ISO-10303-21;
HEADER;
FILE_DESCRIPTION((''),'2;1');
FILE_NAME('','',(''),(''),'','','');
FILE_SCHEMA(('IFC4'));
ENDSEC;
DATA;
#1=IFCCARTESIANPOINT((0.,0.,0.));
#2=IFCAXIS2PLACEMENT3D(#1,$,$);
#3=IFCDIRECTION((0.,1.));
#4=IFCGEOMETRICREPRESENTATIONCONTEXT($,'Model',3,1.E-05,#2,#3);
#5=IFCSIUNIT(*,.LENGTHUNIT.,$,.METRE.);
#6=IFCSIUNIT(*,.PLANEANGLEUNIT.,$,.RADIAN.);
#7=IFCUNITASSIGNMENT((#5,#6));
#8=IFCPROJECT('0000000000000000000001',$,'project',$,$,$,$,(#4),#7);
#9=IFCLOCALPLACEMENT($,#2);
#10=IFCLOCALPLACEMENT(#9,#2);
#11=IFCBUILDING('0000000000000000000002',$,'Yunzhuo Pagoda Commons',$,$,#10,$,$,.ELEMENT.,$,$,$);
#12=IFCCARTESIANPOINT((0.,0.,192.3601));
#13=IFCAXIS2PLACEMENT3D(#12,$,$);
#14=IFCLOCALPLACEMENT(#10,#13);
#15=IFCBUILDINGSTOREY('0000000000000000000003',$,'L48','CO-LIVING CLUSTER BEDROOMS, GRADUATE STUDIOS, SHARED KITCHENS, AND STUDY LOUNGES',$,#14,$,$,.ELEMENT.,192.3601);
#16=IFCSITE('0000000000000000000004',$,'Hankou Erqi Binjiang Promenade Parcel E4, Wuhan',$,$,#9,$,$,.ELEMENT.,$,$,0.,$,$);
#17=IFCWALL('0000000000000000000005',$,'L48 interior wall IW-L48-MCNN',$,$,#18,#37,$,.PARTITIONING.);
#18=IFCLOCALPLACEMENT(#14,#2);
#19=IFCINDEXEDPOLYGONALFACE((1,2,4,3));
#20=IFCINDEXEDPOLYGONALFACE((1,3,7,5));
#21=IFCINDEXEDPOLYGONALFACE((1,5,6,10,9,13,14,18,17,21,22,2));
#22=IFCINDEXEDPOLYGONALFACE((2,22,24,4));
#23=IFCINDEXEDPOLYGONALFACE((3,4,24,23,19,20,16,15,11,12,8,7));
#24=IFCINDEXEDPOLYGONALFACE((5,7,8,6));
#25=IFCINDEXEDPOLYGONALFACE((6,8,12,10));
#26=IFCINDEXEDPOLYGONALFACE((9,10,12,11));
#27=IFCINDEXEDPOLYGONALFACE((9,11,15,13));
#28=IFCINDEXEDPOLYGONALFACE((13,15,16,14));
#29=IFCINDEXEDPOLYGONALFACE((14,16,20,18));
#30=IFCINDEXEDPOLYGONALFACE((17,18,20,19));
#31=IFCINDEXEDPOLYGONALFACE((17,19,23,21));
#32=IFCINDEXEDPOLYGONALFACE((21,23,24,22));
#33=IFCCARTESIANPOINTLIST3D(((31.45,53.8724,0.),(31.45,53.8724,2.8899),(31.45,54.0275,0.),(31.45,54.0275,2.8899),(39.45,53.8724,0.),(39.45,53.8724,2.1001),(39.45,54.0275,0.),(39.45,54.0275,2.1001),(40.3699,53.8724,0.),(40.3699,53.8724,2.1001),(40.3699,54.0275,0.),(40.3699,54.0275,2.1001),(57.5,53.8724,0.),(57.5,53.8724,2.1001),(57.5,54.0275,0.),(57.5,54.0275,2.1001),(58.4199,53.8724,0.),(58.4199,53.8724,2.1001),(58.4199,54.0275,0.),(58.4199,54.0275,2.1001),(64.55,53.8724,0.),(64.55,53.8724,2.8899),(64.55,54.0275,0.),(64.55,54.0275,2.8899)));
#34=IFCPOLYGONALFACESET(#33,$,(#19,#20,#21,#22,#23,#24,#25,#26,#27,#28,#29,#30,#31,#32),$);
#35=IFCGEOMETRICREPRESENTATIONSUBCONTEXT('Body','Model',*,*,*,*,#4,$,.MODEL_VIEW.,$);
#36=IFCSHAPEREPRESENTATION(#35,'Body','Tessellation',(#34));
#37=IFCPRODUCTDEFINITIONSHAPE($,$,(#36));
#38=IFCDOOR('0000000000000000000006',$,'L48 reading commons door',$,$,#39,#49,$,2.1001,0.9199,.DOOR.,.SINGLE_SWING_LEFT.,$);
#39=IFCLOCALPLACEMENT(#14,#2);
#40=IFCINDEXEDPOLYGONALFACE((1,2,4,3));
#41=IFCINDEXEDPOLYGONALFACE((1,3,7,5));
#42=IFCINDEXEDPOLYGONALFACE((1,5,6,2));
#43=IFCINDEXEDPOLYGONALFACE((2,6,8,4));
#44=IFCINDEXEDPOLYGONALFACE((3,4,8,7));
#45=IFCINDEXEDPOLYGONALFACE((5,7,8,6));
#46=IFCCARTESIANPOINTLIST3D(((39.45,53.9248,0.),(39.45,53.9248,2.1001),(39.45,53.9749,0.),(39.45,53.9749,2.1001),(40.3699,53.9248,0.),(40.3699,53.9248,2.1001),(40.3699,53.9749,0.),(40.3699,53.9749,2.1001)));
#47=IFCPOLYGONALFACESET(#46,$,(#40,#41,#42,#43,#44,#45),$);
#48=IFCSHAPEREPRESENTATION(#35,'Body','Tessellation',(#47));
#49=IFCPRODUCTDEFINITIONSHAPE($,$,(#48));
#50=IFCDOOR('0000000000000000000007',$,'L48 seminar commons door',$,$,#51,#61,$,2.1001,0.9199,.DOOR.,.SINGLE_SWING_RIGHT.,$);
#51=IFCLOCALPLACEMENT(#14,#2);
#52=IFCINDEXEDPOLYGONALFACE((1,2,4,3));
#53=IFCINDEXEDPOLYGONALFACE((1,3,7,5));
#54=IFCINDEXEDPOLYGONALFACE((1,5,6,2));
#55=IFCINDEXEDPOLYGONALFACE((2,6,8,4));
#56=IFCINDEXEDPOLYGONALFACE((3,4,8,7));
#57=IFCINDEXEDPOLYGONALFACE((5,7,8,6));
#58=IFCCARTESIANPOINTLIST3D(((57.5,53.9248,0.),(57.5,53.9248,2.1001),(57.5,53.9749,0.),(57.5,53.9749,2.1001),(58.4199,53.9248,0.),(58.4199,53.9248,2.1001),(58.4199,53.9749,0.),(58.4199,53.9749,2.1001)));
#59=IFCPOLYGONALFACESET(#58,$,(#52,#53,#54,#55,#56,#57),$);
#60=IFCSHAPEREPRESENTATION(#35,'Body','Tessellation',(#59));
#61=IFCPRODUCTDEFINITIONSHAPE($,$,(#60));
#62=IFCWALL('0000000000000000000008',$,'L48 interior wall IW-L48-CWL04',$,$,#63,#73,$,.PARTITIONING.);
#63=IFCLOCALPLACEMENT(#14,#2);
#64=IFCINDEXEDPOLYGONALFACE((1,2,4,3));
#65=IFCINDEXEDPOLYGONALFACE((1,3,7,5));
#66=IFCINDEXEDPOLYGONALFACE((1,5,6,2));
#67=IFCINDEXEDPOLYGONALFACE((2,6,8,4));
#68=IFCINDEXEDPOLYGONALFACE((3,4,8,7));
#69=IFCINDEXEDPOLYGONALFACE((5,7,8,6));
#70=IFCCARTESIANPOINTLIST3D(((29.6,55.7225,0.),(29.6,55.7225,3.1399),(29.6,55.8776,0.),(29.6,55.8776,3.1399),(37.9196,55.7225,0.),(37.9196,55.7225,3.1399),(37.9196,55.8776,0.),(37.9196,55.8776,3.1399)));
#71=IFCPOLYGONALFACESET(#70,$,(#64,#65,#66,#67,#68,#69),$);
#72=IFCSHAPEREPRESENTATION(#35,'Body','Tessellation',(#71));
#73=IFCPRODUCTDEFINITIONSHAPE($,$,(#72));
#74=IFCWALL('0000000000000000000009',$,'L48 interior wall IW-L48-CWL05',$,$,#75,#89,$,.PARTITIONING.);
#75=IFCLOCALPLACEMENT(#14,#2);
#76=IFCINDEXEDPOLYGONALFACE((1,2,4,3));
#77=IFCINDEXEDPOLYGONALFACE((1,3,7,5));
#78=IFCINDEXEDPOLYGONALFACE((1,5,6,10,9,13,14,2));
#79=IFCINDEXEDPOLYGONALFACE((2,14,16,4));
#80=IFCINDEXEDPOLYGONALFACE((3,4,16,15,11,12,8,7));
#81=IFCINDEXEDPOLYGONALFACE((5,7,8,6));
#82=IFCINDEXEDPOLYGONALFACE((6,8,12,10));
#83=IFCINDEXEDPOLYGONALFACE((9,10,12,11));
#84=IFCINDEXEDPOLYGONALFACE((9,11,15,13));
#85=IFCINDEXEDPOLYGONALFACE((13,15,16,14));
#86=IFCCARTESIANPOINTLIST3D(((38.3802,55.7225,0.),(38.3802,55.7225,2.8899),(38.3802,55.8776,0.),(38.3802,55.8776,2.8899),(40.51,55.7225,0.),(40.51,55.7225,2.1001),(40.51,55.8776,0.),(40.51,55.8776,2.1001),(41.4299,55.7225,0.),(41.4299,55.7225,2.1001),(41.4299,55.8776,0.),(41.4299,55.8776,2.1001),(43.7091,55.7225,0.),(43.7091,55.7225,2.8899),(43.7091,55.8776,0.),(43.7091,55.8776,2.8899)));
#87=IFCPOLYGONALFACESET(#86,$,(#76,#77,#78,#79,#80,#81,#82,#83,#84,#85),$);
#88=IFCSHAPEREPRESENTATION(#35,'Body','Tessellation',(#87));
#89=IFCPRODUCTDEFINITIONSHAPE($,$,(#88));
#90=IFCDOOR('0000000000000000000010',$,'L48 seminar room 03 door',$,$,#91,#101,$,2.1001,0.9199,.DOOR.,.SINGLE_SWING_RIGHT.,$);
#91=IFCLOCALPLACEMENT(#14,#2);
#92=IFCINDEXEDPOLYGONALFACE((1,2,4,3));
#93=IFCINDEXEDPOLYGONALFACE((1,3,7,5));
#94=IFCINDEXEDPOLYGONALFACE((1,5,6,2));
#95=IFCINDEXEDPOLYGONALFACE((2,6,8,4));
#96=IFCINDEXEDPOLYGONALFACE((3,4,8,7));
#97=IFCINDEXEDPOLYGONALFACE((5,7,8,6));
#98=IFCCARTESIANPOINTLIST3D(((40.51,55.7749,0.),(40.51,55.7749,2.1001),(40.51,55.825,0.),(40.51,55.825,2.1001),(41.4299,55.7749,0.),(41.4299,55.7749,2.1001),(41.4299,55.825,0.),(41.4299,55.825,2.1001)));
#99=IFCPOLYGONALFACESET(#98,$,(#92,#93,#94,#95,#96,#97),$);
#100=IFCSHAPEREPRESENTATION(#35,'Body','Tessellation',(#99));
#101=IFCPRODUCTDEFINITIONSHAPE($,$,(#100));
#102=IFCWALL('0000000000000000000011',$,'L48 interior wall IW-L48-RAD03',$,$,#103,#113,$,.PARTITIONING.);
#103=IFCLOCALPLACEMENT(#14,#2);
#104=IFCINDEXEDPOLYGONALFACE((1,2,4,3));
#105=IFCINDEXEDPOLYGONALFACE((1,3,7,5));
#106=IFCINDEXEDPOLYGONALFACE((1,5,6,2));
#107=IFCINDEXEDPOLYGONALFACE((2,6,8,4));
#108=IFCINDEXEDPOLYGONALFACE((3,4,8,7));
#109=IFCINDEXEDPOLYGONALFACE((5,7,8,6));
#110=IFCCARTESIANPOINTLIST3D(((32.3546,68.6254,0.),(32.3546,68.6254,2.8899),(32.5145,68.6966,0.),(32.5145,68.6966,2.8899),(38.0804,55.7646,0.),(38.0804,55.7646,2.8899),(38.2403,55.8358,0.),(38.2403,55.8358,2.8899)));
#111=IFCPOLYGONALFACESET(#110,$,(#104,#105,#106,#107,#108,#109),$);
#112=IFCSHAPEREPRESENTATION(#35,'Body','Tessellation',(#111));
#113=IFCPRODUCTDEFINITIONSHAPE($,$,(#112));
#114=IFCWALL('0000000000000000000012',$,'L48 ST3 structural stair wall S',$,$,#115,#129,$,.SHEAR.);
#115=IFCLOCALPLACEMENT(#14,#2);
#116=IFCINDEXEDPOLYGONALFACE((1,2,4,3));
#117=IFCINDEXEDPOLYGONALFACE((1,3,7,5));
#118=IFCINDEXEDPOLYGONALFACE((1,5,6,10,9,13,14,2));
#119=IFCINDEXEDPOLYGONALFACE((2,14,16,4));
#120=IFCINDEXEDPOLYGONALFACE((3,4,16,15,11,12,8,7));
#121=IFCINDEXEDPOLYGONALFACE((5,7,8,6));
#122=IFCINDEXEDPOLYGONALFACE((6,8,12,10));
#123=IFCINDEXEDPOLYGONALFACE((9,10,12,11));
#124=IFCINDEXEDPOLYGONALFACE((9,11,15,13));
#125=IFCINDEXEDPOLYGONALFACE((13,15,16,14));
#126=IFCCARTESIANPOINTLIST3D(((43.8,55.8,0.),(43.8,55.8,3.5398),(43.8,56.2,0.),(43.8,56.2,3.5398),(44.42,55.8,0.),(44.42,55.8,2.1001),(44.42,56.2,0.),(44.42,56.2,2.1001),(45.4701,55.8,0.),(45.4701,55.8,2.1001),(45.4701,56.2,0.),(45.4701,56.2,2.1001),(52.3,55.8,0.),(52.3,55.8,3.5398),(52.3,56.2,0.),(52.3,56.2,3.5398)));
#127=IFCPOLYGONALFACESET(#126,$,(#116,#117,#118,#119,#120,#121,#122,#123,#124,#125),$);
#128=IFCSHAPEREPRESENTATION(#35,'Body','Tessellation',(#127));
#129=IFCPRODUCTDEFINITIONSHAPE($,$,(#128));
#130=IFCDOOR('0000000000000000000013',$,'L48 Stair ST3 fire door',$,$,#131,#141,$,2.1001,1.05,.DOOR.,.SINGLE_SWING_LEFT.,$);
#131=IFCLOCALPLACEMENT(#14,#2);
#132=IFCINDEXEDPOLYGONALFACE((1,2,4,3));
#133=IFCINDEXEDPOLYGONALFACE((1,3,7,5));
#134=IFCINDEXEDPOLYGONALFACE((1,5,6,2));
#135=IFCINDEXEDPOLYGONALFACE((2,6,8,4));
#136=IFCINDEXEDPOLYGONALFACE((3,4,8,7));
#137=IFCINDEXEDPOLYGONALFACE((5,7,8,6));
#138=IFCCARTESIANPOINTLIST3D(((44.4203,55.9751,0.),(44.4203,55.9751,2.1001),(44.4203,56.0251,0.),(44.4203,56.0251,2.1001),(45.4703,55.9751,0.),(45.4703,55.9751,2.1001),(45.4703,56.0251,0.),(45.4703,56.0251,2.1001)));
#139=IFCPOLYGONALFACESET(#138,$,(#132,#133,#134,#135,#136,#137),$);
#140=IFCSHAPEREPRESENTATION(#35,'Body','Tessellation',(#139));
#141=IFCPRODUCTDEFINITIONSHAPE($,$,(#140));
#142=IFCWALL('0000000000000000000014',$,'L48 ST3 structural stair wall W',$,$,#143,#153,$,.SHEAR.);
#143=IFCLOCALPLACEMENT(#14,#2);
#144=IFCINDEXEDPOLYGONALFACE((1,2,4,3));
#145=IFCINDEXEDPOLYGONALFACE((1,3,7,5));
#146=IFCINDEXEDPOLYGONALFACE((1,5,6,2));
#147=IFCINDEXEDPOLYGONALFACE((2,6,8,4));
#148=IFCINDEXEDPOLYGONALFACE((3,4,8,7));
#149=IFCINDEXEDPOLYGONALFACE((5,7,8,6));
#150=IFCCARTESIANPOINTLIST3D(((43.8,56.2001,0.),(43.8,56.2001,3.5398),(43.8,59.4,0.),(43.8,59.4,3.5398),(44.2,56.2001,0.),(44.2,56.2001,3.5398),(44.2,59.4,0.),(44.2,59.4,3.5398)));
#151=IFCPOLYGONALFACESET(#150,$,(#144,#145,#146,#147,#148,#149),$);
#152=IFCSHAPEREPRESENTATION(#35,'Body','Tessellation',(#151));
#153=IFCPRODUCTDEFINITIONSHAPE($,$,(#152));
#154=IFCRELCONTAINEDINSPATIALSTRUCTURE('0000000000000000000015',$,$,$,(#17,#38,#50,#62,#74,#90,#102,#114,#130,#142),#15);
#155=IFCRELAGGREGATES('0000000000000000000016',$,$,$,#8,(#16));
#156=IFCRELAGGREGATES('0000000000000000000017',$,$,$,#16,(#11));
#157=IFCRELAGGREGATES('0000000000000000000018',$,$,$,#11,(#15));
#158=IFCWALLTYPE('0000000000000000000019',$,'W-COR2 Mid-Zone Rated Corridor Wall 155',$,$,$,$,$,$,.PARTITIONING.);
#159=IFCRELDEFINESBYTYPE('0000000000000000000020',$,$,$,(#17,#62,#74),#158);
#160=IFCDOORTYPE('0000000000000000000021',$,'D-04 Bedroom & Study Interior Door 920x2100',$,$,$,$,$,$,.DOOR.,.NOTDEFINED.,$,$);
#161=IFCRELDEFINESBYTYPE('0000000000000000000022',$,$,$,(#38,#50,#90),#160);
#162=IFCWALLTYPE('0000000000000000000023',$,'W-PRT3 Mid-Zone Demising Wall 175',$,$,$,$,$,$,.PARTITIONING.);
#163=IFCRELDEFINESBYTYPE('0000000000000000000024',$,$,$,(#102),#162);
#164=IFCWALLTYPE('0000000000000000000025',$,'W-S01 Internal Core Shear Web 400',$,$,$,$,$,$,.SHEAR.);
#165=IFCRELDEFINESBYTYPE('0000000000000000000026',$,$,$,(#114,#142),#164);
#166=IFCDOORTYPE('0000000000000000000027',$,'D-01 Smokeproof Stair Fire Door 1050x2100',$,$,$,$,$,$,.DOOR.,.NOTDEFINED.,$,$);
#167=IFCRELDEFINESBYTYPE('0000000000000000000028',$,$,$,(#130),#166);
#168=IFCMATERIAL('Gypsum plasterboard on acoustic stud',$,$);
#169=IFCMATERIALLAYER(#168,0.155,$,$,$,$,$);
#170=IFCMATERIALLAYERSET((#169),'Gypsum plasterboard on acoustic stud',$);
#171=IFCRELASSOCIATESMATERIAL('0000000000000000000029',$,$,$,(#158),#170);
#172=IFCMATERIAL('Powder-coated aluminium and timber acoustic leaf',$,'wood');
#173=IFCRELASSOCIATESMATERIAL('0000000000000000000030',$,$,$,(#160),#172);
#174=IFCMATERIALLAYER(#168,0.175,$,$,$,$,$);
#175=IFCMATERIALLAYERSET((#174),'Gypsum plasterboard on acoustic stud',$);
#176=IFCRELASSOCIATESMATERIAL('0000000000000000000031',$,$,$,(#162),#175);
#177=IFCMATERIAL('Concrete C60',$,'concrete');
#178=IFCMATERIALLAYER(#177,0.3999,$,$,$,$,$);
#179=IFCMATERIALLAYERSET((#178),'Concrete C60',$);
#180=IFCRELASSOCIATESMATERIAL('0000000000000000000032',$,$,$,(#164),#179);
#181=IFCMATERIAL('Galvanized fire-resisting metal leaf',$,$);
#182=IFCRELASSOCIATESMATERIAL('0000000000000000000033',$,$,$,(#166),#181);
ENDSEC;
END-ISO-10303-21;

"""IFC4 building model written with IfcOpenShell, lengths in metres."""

from ifc_helpers import new_model, si_unit, direction, frame, frame_2d, origin, origin_with_axes, place, context, subcontext, project, spatial, rectangle, extrude, source, transform, mapped, material, layer, layer_set, type_object, element, fill, save


model = new_model("IFC4")

# Units and contexts
model_context = context("Model", 3, precision=1e-05, world=origin(), true_north=direction((0.0, 1.0)))
body_context = subcontext(model_context, "Body", "Model", "MODEL_VIEW")
ifc_project = project(units=[si_unit("LENGTHUNIT", "METRE"), si_unit("PLANEANGLEUNIT", "RADIAN")], contexts=[model_context])

# Site, building, storey
site_placement = place(None, origin())
site = spatial("IfcSite", under=ifc_project, at=site_placement, Name="Hankou Erqi Binjiang Promenade Parcel E4, Wuhan", CompositionType="ELEMENT", RefElevation=0.0)
building_placement = place(site_placement, origin())
building = spatial("IfcBuilding", under=site, at=building_placement, Name="Yunzhuo Pagoda Commons", CompositionType="ELEMENT")
storey_placement = place(building_placement, frame((0.0, 0.0, 192.3601)))
storey = spatial("IfcBuildingStorey", under=building, at=storey_placement, Name="L48", Description="CO-LIVING CLUSTER BEDROOMS, GRADUATE STUDIOS, SHARED KITCHENS, AND STUDY LOUNGES", CompositionType="ELEMENT", Elevation=192.3601)

# Wall, openings, doors
ifc_material_1 = material(Name="Gypsum plasterboard on acoustic stud")
ifc_layer_1 = layer(ifc_material_1, 0.155)
ifc_layer_set_1 = layer_set([ifc_layer_1], Name="Gypsum plasterboard on acoustic stud")
wall_type_1 = type_object("IfcWallType", Name="W-COR2 Mid-Zone Rated Corridor Wall 155", PredefinedType="PARTITIONING", material=ifc_layer_set_1)
wall_1_placement = place(storey_placement, frame((31.45, 53.95, 0.0), z_axis=(0.0, 0.0, 1.0), x_axis=(1.0, 0.0, 0.0)))
wall_1 = element("IfcWall", 1, at=wall_1_placement, inside=storey, type_object=wall_type_1, Name="L48 interior wall IW-L48-MCNN", PredefinedType="PARTITIONING", context=body_context, shape_type="SweptSolid", body=[
    extrude(rectangle(XDim=33.1001, YDim=0.155, at=frame_2d((16.55, 0.0))), origin(), (0.0, 0.0, 1.0), 2.8899),
])
opening_1_placement = place(wall_1_placement, frame((8.0, 0.0, 0.0)))
opening_1 = element("IfcOpeningElement", 2, at=opening_1_placement, cuts=wall_1, PredefinedType="OPENING", context=body_context, shape_type="SweptSolid", body=[
    extrude(rectangle(XDim=0.9199, YDim=2.1001, at=frame_2d((0.46, 1.05))), frame((0.0, 0.0874, 0.0), z_axis=(0.0, -1.0, 0.0), x_axis=(1.0, 0.0, 0.0)), (0.0, 0.0, 1.0), 0.175),
])
opening_2_placement = place(wall_1_placement, frame((26.05, 0.0, 0.0)))
opening_2 = element("IfcOpeningElement", 3, at=opening_2_placement, cuts=wall_1, PredefinedType="OPENING", context=body_context, shape_type="SweptSolid", body=[
    extrude(rectangle(XDim=0.9199, YDim=2.1001, at=frame_2d((0.46, 1.05))), frame((0.0, 0.0874, 0.0), z_axis=(0.0, -1.0, 0.0), x_axis=(1.0, 0.0, 0.0)), (0.0, 0.0, 1.0), 0.175),
])
ifc_material_2 = material(Name="Powder-coated aluminium and timber acoustic leaf", Category="wood")
door_type_1 = type_object("IfcDoorType", Name="D-04 Bedroom & Study Interior Door 920x2100", OperationType="NOTDEFINED", PredefinedType="DOOR", material=ifc_material_2)
shared_shape_1 = source(origin(), body_context, "Body", "SweptSolid", [
    extrude(rectangle(XDim=0.9199, YDim=2.1001, at=frame_2d((0.46, 1.05))), frame((0.0, 0.0249, 0.0), z_axis=(0.0, -1.0, 0.0), x_axis=(1.0, 0.0, 0.0)), (0.0, 0.0, 1.0), 0.05),
])
door_1_placement = place(opening_1_placement, origin_with_axes())
door_1 = element("IfcDoor", 4, at=door_1_placement, inside=storey, type_object=door_type_1, Name="L48 reading commons door", OperationType="SINGLE_SWING_LEFT", OverallHeight=2.1001, OverallWidth=0.9199, PredefinedType="DOOR", context=body_context, shape_type="MappedRepresentation", body=[
    mapped(shared_shape_1, transform((0.0, 0.0, 0.0), scale=1.0)),
])
fill(opening_1, door_1)
door_2_placement = place(opening_2_placement, origin_with_axes())
door_2 = element("IfcDoor", 5, at=door_2_placement, inside=storey, type_object=door_type_1, Name="L48 seminar commons door", OperationType="SINGLE_SWING_RIGHT", OverallHeight=2.1001, OverallWidth=0.9199, PredefinedType="DOOR", context=body_context, shape_type="MappedRepresentation", body=[
    mapped(shared_shape_1, transform((0.0, 0.0, 0.0), scale=1.0)),
])
fill(opening_2, door_2)

# Wall
wall_2_placement = place(storey_placement, frame((29.6001, 55.8, 0.0), z_axis=(0.0, 0.0, 1.0), x_axis=(1.0, 0.0, 0.0)))
element("IfcWall", 6, at=wall_2_placement, inside=storey, type_object=wall_type_1, Name="L48 interior wall IW-L48-CWL04", PredefinedType="PARTITIONING", context=body_context, shape_type="SweptSolid", body=[
    extrude(rectangle(XDim=8.3196, YDim=0.155, at=frame_2d((4.1597, 0.0))), origin(), (0.0, 0.0, 1.0), 3.1399),
])

# Wall, opening, door
wall_3_placement = place(storey_placement, frame((38.3801, 55.8, 0.0), z_axis=(0.0, 0.0, 1.0), x_axis=(1.0, 0.0, 0.0)))
wall_3 = element("IfcWall", 7, at=wall_3_placement, inside=storey, type_object=wall_type_1, Name="L48 interior wall IW-L48-CWL05", PredefinedType="PARTITIONING", context=body_context, shape_type="SweptSolid", body=[
    extrude(rectangle(XDim=5.3289, YDim=0.155, at=frame_2d((2.6646, 0.0))), origin(), (0.0, 0.0, 1.0), 2.8899),
])
opening_3_placement = place(wall_3_placement, frame((2.1299, 0.0, 0.0)))
opening_3 = element("IfcOpeningElement", 8, at=opening_3_placement, cuts=wall_3, PredefinedType="OPENING", context=body_context, shape_type="SweptSolid", body=[
    extrude(rectangle(XDim=0.9199, YDim=2.1001, at=frame_2d((0.46, 1.05))), frame((0.0, 0.0874, 0.0), z_axis=(0.0, -1.0, 0.0), x_axis=(1.0, 0.0, 0.0)), (0.0, 0.0, 1.0), 0.175),
])
door_3_placement = place(opening_3_placement, origin_with_axes())
door_3 = element("IfcDoor", 9, at=door_3_placement, inside=storey, type_object=door_type_1, Name="L48 seminar room 03 door", OperationType="SINGLE_SWING_RIGHT", OverallHeight=2.1001, OverallWidth=0.9199, PredefinedType="DOOR", context=body_context, shape_type="MappedRepresentation", body=[
    mapped(shared_shape_1, transform((0.0, 0.0, 0.0), scale=1.0)),
])
fill(opening_3, door_3)

# Wall
ifc_layer_2 = layer(ifc_material_1, 0.175)
ifc_layer_set_2 = layer_set([ifc_layer_2], Name="Gypsum plasterboard on acoustic stud")
wall_type_2 = type_object("IfcWallType", Name="W-PRT3 Mid-Zone Demising Wall 175", PredefinedType="PARTITIONING", material=ifc_layer_set_2)
wall_4_placement = place(storey_placement, frame((38.1604, 55.8, 0.0), z_axis=(0.0, 0.0, 1.0), x_axis=(-0.406726, 0.91355, 0.0)))
element("IfcWall", 10, at=wall_4_placement, inside=storey, type_object=wall_type_2, Name="L48 interior wall IW-L48-RAD03", PredefinedType="PARTITIONING", context=body_context, shape_type="SweptSolid", body=[
    extrude(rectangle(XDim=14.0779, YDim=0.175, at=frame_2d((7.0391, 0.0))), origin(), (0.0, 0.0, 1.0), 2.8899),
])

# Wall, opening, door
ifc_material_3 = material(Name="Concrete C60", Category="concrete")
ifc_layer_3 = layer(ifc_material_3, 0.3999)
ifc_layer_set_3 = layer_set([ifc_layer_3], Name="Concrete C60")
wall_type_3 = type_object("IfcWallType", Name="W-S01 Internal Core Shear Web 400", PredefinedType="SHEAR", material=ifc_layer_set_3)
wall_5_placement = place(storey_placement, frame((43.8, 56.0, 0.0), z_axis=(0.0, 0.0, 1.0), x_axis=(1.0, 0.0, 0.0)))
wall_5 = element("IfcWall", 11, at=wall_5_placement, inside=storey, type_object=wall_type_3, Name="L48 ST3 structural stair wall S", PredefinedType="SHEAR", context=body_context, shape_type="SweptSolid", body=[
    extrude(rectangle(XDim=8.5, YDim=0.3999, at=frame_2d((4.25, 0.0))), origin(), (0.0, 0.0, 1.0), 3.5398),
])
opening_4_placement = place(wall_5_placement, frame((0.6201, 0.0, 0.0)))
opening_4 = element("IfcOpeningElement", 12, at=opening_4_placement, cuts=wall_5, PredefinedType="OPENING", context=body_context, shape_type="SweptSolid", body=[
    extrude(rectangle(XDim=1.05, YDim=2.1001, at=frame_2d((0.5249, 1.05))), frame((0.0, 0.21, 0.0), z_axis=(0.0, -1.0, 0.0), x_axis=(1.0, 0.0, 0.0)), (0.0, 0.0, 1.0), 0.4199),
])
ifc_material_4 = material(Name="Galvanized fire-resisting metal leaf")
door_type_2 = type_object("IfcDoorType", Name="D-01 Smokeproof Stair Fire Door 1050x2100", OperationType="NOTDEFINED", PredefinedType="DOOR", material=ifc_material_4)
shared_shape_2 = source(origin(), body_context, "Body", "SweptSolid", [
    extrude(rectangle(XDim=1.05, YDim=2.1001, at=frame_2d((0.5249, 1.05))), frame((0.0, 0.0249, 0.0), z_axis=(0.0, -1.0, 0.0), x_axis=(1.0, 0.0, 0.0)), (0.0, 0.0, 1.0), 0.05),
])
door_4_placement = place(opening_4_placement, frame((1.05, 0.0, 0.0), z_axis=(0.0, 0.0, 1.0), x_axis=(-1.0, 0.0, 0.0)))
door_4 = element("IfcDoor", 13, at=door_4_placement, inside=storey, type_object=door_type_2, Name="L48 Stair ST3 fire door", OperationType="SINGLE_SWING_LEFT", OverallHeight=2.1001, OverallWidth=1.05, PredefinedType="DOOR", context=body_context, shape_type="MappedRepresentation", body=[
    mapped(shared_shape_2, transform((0.0, 0.0, 0.0), scale=1.0)),
])
fill(opening_4, door_4)

# Wall
wall_6_placement = place(storey_placement, frame((44.0, 56.2, 0.0), z_axis=(0.0, 0.0, 1.0), x_axis=(0.0, 1.0, 0.0)))
element("IfcWall", 14, at=wall_6_placement, inside=storey, type_object=wall_type_3, Name="L48 ST3 structural stair wall W", PredefinedType="SHEAR", context=body_context, shape_type="SweptSolid", body=[
    extrude(rectangle(XDim=3.2, YDim=0.3999, at=frame_2d((1.6001, 0.0))), origin(), (0.0, 0.0, 1.0), 3.5398),
])

save(model, "model.ifc")
